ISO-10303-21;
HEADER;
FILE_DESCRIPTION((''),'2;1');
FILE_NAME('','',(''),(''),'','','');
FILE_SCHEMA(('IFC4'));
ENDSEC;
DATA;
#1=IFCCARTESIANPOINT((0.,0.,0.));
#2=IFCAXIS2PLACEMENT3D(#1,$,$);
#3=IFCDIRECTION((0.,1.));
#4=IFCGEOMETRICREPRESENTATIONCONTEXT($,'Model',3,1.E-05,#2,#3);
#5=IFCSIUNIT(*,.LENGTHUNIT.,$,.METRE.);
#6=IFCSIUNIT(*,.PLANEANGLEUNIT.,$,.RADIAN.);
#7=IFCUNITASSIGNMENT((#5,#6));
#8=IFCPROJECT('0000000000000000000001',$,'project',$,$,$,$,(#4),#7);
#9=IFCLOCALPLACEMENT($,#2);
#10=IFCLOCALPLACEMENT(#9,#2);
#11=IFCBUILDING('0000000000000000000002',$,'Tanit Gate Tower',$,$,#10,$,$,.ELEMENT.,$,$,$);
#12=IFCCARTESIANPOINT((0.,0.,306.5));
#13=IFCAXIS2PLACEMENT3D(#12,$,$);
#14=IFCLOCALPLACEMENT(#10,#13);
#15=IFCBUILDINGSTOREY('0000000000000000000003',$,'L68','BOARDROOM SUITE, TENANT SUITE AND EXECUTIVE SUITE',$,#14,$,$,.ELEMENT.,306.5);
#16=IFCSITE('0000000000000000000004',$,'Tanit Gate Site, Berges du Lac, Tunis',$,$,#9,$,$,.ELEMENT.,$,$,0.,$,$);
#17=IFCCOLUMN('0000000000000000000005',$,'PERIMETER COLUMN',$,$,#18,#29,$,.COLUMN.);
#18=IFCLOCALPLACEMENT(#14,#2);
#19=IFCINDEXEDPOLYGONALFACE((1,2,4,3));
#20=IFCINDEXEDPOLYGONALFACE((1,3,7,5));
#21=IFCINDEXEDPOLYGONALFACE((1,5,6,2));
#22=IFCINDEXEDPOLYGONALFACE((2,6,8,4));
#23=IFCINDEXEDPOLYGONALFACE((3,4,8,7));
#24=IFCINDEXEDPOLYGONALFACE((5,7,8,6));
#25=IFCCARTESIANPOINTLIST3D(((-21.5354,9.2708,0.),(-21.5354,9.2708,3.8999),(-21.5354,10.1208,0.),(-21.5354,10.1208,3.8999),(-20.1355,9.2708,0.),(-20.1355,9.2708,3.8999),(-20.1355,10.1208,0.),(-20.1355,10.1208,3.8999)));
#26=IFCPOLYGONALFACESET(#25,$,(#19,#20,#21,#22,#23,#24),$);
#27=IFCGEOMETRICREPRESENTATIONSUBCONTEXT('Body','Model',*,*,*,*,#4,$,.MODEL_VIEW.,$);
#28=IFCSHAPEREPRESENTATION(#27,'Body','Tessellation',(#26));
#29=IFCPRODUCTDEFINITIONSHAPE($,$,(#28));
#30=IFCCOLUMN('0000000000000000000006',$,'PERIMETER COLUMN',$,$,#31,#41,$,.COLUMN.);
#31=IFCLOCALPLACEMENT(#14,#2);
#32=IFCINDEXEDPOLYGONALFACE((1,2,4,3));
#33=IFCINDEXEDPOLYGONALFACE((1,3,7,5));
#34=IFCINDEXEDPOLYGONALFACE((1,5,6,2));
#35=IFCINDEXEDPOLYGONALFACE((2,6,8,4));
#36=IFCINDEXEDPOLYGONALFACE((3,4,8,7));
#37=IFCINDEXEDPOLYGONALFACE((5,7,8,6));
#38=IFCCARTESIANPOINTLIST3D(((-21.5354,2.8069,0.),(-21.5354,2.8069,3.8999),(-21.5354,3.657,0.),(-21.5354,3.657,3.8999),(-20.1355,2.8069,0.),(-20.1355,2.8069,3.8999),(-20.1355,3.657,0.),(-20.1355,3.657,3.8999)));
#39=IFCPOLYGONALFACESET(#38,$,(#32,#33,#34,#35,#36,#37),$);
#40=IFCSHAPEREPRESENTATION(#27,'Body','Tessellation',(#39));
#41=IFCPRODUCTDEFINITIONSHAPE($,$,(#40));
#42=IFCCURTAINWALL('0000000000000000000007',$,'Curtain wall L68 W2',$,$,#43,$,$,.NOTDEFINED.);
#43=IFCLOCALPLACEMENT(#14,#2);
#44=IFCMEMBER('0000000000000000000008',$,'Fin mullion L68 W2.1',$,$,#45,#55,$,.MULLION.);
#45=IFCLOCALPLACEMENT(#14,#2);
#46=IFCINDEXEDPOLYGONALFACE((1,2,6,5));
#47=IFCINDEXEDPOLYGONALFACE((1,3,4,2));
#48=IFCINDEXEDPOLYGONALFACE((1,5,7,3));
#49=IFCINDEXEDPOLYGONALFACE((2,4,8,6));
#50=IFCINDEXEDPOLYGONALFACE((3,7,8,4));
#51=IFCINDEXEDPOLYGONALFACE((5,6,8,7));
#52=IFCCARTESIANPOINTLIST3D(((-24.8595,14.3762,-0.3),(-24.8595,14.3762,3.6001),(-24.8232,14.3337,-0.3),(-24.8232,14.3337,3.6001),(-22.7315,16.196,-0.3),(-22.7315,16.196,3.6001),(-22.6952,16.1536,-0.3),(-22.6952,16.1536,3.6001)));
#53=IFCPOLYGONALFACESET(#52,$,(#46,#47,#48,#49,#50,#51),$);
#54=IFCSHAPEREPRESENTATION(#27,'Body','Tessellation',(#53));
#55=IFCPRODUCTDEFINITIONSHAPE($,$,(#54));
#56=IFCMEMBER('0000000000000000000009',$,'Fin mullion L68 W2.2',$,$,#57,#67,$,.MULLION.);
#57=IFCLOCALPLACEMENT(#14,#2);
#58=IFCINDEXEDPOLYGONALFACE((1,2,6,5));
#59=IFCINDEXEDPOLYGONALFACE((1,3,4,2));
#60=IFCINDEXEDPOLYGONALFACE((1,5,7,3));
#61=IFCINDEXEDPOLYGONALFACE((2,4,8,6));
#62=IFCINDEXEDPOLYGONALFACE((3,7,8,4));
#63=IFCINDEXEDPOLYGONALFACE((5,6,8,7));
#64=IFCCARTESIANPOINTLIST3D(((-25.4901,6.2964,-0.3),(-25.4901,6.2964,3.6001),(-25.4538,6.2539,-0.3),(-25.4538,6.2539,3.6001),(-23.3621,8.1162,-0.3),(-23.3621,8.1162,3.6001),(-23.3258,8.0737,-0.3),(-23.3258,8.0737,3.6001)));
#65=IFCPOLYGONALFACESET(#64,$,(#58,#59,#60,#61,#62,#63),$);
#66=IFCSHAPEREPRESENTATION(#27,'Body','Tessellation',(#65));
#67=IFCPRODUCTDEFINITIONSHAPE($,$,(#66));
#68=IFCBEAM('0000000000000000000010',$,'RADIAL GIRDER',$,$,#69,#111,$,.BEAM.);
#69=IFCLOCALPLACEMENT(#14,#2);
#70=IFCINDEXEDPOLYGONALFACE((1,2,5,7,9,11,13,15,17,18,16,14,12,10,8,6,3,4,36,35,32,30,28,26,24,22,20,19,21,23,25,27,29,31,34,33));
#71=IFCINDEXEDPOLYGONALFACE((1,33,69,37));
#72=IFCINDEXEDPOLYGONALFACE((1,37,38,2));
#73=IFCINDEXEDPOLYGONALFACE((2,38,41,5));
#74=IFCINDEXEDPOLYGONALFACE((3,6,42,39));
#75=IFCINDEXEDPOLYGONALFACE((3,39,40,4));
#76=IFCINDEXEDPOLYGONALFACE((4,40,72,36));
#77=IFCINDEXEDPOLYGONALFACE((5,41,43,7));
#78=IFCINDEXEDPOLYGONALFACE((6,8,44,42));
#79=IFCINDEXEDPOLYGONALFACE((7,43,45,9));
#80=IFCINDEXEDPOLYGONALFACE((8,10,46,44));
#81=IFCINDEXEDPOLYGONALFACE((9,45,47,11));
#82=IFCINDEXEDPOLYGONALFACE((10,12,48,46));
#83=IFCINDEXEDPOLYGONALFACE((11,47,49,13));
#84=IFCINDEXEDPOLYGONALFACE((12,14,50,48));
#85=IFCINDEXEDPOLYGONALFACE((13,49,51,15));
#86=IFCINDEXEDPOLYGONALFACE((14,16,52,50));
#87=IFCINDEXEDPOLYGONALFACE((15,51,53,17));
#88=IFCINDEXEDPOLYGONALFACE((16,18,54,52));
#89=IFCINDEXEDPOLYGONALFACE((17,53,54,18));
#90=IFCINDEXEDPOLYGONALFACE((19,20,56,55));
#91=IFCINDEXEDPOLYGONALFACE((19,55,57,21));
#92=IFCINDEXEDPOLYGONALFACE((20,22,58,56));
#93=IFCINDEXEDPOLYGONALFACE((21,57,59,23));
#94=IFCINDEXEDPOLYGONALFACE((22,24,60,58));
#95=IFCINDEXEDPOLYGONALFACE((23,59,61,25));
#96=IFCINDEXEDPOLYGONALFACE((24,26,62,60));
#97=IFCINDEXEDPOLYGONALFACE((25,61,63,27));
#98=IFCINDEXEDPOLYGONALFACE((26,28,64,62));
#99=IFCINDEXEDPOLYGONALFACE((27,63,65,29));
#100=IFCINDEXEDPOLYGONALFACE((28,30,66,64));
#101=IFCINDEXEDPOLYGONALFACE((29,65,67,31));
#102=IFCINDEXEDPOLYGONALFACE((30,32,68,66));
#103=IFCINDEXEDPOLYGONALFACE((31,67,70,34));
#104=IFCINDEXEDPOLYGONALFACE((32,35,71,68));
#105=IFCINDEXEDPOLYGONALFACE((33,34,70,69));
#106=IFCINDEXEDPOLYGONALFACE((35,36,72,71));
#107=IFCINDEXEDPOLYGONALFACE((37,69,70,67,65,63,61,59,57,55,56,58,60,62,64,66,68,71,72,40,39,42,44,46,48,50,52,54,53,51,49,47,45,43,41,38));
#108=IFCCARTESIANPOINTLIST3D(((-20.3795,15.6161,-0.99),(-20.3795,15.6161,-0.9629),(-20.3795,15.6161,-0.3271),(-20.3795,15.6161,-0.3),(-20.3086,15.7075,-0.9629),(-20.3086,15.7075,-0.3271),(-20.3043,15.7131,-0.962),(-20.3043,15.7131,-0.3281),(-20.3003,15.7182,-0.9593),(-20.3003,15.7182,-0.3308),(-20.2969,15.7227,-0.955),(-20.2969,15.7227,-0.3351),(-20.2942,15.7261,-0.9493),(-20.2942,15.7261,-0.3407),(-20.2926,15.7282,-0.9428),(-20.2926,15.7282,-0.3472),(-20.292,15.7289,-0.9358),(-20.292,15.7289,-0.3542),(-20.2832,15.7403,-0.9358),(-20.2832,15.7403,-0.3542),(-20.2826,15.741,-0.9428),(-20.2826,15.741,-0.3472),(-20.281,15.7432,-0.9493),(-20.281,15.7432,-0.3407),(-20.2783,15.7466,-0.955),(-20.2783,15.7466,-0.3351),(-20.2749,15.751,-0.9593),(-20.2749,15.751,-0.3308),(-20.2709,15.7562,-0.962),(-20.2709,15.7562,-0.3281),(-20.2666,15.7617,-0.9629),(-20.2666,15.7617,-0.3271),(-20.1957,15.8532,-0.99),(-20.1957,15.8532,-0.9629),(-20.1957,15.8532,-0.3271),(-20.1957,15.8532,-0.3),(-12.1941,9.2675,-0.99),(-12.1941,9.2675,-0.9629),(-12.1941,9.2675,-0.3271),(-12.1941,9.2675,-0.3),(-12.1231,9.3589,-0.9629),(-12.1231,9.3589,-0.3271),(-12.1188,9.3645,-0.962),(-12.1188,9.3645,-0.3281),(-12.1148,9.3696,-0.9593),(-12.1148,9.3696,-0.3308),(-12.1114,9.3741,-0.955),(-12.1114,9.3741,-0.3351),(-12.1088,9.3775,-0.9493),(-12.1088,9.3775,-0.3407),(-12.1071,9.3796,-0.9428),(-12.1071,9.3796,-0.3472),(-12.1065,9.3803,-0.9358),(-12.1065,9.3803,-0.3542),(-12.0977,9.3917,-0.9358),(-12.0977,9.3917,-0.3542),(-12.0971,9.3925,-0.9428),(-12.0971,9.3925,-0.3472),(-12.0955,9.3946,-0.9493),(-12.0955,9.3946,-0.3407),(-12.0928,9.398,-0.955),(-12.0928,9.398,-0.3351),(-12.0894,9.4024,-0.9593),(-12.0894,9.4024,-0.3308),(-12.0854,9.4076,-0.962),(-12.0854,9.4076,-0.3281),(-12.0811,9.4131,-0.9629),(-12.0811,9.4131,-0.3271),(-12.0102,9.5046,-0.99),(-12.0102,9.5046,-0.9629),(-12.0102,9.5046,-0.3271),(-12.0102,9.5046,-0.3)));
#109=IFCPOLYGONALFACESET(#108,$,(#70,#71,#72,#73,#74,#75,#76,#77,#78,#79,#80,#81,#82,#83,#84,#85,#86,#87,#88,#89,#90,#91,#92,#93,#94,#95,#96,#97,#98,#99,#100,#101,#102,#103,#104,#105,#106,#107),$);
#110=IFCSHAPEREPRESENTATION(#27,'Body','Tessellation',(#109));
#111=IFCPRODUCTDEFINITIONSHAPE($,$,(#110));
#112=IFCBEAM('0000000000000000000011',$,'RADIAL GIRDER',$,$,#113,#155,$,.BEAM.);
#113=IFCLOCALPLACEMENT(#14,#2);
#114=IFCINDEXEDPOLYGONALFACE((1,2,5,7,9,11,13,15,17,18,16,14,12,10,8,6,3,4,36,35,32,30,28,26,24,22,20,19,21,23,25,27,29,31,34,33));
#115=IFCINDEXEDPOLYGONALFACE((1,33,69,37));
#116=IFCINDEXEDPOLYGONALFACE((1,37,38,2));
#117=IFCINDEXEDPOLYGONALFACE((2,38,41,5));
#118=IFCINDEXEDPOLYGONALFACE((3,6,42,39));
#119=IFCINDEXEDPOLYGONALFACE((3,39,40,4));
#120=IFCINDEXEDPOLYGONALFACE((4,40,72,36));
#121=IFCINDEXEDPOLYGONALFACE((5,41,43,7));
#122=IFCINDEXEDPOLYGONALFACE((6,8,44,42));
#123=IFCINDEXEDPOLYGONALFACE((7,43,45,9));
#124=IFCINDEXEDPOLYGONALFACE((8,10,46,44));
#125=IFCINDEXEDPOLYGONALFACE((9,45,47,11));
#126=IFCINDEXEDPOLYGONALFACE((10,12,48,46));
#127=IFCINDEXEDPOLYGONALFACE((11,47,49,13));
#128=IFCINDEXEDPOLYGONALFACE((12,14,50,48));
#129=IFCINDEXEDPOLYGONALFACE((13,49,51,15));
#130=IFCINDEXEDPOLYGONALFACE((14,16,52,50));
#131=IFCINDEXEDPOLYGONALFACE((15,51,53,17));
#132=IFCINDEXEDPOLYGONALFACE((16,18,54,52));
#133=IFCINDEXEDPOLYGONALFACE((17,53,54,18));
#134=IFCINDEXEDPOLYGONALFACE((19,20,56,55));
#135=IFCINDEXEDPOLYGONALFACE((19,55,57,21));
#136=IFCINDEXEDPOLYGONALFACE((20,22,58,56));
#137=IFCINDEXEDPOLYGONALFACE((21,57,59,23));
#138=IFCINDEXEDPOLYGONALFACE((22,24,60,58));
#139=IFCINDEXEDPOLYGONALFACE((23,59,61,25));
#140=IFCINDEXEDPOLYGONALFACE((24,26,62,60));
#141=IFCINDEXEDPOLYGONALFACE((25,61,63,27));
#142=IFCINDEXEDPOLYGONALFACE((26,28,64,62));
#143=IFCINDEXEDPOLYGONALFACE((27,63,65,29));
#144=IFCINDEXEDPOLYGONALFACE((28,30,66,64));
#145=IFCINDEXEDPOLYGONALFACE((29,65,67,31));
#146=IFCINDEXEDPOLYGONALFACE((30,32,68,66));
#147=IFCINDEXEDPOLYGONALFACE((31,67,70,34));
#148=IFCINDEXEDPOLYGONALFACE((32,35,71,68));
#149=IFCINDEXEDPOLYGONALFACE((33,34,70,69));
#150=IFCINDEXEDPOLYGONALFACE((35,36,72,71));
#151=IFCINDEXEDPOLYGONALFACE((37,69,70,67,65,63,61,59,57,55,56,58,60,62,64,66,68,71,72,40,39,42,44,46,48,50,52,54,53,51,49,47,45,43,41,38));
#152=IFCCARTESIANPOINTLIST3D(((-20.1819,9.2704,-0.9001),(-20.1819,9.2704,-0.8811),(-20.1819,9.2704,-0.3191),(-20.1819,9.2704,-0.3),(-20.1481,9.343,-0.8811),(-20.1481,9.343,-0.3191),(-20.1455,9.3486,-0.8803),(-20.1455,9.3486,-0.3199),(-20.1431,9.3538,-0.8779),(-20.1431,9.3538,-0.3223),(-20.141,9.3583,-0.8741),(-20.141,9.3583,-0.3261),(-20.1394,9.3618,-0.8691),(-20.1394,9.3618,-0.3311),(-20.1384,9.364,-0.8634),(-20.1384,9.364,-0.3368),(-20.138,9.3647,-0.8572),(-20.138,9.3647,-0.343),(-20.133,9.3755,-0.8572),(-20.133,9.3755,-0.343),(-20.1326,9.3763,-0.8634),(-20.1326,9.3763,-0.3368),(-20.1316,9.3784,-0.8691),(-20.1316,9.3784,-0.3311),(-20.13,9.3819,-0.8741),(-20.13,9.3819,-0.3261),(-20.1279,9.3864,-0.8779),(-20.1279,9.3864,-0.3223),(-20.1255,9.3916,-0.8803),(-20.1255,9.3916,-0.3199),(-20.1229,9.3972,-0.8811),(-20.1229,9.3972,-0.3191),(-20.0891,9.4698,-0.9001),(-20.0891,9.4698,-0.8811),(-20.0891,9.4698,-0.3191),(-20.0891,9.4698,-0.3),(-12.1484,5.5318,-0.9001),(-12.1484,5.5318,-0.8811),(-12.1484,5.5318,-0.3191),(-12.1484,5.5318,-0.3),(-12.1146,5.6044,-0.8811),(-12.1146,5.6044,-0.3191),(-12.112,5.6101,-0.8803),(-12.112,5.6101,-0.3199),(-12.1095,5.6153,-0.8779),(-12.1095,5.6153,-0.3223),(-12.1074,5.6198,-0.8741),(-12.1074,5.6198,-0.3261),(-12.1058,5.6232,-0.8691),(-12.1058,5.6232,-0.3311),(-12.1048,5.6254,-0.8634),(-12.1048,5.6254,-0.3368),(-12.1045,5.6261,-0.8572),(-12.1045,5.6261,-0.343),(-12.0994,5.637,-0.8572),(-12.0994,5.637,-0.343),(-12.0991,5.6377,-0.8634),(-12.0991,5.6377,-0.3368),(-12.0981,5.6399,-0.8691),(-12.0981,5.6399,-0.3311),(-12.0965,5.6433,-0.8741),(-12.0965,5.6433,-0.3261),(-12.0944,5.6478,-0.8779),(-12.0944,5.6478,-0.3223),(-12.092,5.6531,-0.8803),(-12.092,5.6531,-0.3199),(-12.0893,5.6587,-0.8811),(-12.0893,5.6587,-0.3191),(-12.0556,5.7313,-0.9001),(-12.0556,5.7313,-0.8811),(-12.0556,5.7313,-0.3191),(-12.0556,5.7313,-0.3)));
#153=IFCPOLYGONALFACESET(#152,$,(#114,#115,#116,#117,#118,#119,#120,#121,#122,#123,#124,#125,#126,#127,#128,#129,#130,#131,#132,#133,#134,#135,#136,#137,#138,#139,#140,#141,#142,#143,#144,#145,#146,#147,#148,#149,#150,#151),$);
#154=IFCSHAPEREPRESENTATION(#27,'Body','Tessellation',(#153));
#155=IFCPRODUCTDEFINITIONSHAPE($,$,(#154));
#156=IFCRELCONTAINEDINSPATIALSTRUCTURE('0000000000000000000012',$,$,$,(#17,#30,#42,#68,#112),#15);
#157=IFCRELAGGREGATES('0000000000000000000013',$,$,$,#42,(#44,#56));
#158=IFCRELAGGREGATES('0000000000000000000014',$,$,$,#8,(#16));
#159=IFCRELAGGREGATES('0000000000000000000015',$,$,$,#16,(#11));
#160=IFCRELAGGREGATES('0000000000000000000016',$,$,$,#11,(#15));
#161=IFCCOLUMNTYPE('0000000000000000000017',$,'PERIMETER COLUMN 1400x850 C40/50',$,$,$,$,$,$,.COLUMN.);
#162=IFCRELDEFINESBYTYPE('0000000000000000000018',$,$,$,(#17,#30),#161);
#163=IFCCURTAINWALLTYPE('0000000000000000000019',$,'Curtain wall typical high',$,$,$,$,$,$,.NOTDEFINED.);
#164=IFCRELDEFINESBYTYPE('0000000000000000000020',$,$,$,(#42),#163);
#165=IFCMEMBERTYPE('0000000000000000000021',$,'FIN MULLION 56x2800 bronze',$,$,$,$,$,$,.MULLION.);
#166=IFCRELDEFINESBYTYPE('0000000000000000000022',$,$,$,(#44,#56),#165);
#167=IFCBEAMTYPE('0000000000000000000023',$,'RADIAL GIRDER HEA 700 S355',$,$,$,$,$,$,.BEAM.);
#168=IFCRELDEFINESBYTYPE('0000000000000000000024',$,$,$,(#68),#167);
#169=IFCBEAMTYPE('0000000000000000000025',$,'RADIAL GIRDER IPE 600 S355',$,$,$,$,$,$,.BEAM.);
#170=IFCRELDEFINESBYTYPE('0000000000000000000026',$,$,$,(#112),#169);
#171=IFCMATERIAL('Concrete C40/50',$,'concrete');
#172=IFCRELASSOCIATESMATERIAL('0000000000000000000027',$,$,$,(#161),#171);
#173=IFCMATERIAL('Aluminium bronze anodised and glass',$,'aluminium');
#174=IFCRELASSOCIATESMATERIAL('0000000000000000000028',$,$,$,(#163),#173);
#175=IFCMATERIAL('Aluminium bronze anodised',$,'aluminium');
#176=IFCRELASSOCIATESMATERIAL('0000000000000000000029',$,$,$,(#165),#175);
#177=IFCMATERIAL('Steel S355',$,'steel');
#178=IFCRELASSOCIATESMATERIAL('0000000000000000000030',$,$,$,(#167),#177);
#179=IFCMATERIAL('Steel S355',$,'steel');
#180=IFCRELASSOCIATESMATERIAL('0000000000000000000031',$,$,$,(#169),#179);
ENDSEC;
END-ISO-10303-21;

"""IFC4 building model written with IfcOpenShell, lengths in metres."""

from ifc_helpers import new_model, si_unit, direction, frame, origin, origin_2d, place, context, subcontext, project, spatial, rectangle, i_section, extrude, material, material_profile, profile_set, type_object, element, aggregate, save


model = new_model("IFC4")

# Units and contexts
model_context = context("Model", 3, precision=1e-05, world=origin(), true_north=direction((0.0, 1.0)))
body_context = subcontext(model_context, "Body", "Model", "MODEL_VIEW")
ifc_project = project(units=[si_unit("LENGTHUNIT", "METRE"), si_unit("PLANEANGLEUNIT", "RADIAN")], contexts=[model_context])

# Site, building, storey
site_placement = place(None, origin())
site = spatial("IfcSite", under=ifc_project, at=site_placement, Name="Tanit Gate Site, Berges du Lac, Tunis", CompositionType="ELEMENT", RefElevation=0.0)
building_placement = place(site_placement, origin())
building = spatial("IfcBuilding", under=site, at=building_placement, Name="Tanit Gate Tower", CompositionType="ELEMENT")
storey_placement = place(building_placement, frame((0.0, 0.0, 306.5)))
storey = spatial("IfcBuildingStorey", under=building, at=storey_placement, Name="L68", Description="BOARDROOM SUITE, TENANT SUITE AND EXECUTIVE SUITE", CompositionType="ELEMENT", Elevation=306.5)

# Columns
ifc_material_1 = material(Name="Concrete C40/50", Category="concrete")
ifc_material_profile_1 = material_profile(ifc_material_1, rectangle(XDim=1.3999, YDim=0.8501, at=origin_2d()), Name="RC 1400x850")
ifc_profile_set_1 = profile_set([ifc_material_profile_1], Name="Concrete C40/50")
column_type = type_object("IfcColumnType", Name="PERIMETER COLUMN 1400x850 C40/50", PredefinedType="COLUMN", material=ifc_profile_set_1)
for number, where, z_axis, x_axis, name in (
    (1, (-20.8354, 9.6958, 0.0), (0.0, 0.0, 1.0), (-1.0, 0.0, 0.0), "PERIMETER COLUMN"),
    (2, (-20.8354, 3.2319, 0.0), (0.0, 0.0, 1.0), (-1.0, 0.0, 0.0), "PERIMETER COLUMN"),
):
    element("IfcColumn", number, at=place(storey_placement, frame(where, z_axis=z_axis, x_axis=x_axis)), inside=storey, type_object=column_type, Name=name, PredefinedType="COLUMN", context=body_context, shape_type="SweptSolid", body=[
        extrude(rectangle(XDim=1.3999, YDim=0.8501, at=origin_2d()), origin(), (0.0, 0.0, 1.0), 3.8999),
    ])

# Curtain wall, members
ifc_material_2 = material(Name="Aluminium bronze anodised and glass", Category="aluminium")
curtain_wall_type = type_object("IfcCurtainWallType", Name="Curtain wall typical high", PredefinedType="NOTDEFINED", material=ifc_material_2)
curtain_wall_placement = place(storey_placement, origin())
curtain_wall = element("IfcCurtainWall", 3, at=curtain_wall_placement, inside=storey, type_object=curtain_wall_type, Name="Curtain wall L68 W2", PredefinedType="NOTDEFINED")
ifc_material_3 = material(Name="Aluminium bronze anodised", Category="aluminium")
ifc_material_profile_2 = material_profile(ifc_material_3, rectangle(XDim=2.8, YDim=0.0559, at=origin_2d()), Name="56x2800 bronze fin mullion")
ifc_profile_set_2 = profile_set([ifc_material_profile_2], Name="Aluminium bronze anodised")
member_type_1 = type_object("IfcMemberType", Name="FIN MULLION 56x2800 bronze", PredefinedType="MULLION", material=ifc_profile_set_2)
member_1_placement = place(storey_placement, frame((-23.7773, 15.2649, -0.3), z_axis=(0.0, 0.0, 1.0), x_axis=(0.760002, 0.649921, 0.0)))
member_1 = element("IfcMember", 4, at=member_1_placement, type_object=member_type_1, Name="Fin mullion L68 W2.1", PredefinedType="MULLION", context=body_context, shape_type="SweptSolid", body=[
    extrude(rectangle(XDim=2.8, YDim=0.0559, at=origin_2d()), origin(), (0.0, 0.0, 1.0), 3.9001),
])
member_2_placement = place(storey_placement, frame((-24.408, 7.1851, -0.3), z_axis=(0.0, 0.0, 1.0), x_axis=(0.760002, 0.649921, 0.0)))
member_2 = element("IfcMember", 5, at=member_2_placement, type_object=member_type_1, Name="Fin mullion L68 W2.2", PredefinedType="MULLION", context=body_context, shape_type="SweptSolid", body=[
    extrude(rectangle(XDim=2.8, YDim=0.0559, at=origin_2d()), origin(), (0.0, 0.0, 1.0), 3.9001),
])

# Beams
ifc_material_4 = material(Name="Steel S355", Category="steel")
ifc_material_profile_3 = material_profile(ifc_material_4, i_section(OverallWidth=0.3, OverallDepth=0.6899, WebThickness=0.0144, FlangeThickness=0.0271, FilletRadius=0.0271, at=origin_2d()), Name="HEA 700")
ifc_profile_set_3 = profile_set([ifc_material_profile_3], Name="Steel S355")
beam_type_1 = type_object("IfcBeamType", Name="RADIAL GIRDER HEA 700 S355", PredefinedType="BEAM", material=ifc_profile_set_3)
beam_1_placement = place(storey_placement, frame((-20.2876, 15.7346, -0.645), z_axis=(0.790189, -0.612863, 0.0), x_axis=(0.612863, 0.790189, 0.0)))
element("IfcBeam", 6, at=beam_1_placement, inside=storey, type_object=beam_type_1, Name="RADIAL GIRDER", PredefinedType="BEAM", context=body_context, shape_type="SweptSolid", body=[
    extrude(i_section(OverallWidth=0.3, OverallDepth=0.6899, WebThickness=0.0144, FlangeThickness=0.0271, FilletRadius=0.0271, at=origin_2d()), origin(), (0.0, 0.0, 1.0), 10.3589),
])
ifc_material_5 = material(Name="Steel S355", Category="steel")
ifc_material_profile_4 = material_profile(ifc_material_5, i_section(OverallWidth=0.22, OverallDepth=0.6001, WebThickness=0.012, FlangeThickness=0.019, FilletRadius=0.0239, at=origin_2d()), Name="IPE 600")
ifc_profile_set_4 = profile_set([ifc_material_profile_4], Name="Steel S355")
beam_type_2 = type_object("IfcBeamType", Name="RADIAL GIRDER IPE 600 S355", PredefinedType="BEAM", material=ifc_profile_set_4)
beam_2_placement = place(storey_placement, frame((-20.1355, 9.3701, -0.6001), z_axis=(0.906633, -0.42192, 0.0), x_axis=(0.42192, 0.906633, 0.0)))
element("IfcBeam", 7, at=beam_2_placement, inside=storey, type_object=beam_type_2, Name="RADIAL GIRDER", PredefinedType="BEAM", context=body_context, shape_type="SweptSolid", body=[
    extrude(i_section(OverallWidth=0.22, OverallDepth=0.6001, WebThickness=0.012, FlangeThickness=0.019, FilletRadius=0.0239, at=origin_2d()), origin(), (0.0, 0.0, 1.0), 8.8608),
])

aggregate(curtain_wall, [member_1, member_2])

save(model, "model.ifc")
